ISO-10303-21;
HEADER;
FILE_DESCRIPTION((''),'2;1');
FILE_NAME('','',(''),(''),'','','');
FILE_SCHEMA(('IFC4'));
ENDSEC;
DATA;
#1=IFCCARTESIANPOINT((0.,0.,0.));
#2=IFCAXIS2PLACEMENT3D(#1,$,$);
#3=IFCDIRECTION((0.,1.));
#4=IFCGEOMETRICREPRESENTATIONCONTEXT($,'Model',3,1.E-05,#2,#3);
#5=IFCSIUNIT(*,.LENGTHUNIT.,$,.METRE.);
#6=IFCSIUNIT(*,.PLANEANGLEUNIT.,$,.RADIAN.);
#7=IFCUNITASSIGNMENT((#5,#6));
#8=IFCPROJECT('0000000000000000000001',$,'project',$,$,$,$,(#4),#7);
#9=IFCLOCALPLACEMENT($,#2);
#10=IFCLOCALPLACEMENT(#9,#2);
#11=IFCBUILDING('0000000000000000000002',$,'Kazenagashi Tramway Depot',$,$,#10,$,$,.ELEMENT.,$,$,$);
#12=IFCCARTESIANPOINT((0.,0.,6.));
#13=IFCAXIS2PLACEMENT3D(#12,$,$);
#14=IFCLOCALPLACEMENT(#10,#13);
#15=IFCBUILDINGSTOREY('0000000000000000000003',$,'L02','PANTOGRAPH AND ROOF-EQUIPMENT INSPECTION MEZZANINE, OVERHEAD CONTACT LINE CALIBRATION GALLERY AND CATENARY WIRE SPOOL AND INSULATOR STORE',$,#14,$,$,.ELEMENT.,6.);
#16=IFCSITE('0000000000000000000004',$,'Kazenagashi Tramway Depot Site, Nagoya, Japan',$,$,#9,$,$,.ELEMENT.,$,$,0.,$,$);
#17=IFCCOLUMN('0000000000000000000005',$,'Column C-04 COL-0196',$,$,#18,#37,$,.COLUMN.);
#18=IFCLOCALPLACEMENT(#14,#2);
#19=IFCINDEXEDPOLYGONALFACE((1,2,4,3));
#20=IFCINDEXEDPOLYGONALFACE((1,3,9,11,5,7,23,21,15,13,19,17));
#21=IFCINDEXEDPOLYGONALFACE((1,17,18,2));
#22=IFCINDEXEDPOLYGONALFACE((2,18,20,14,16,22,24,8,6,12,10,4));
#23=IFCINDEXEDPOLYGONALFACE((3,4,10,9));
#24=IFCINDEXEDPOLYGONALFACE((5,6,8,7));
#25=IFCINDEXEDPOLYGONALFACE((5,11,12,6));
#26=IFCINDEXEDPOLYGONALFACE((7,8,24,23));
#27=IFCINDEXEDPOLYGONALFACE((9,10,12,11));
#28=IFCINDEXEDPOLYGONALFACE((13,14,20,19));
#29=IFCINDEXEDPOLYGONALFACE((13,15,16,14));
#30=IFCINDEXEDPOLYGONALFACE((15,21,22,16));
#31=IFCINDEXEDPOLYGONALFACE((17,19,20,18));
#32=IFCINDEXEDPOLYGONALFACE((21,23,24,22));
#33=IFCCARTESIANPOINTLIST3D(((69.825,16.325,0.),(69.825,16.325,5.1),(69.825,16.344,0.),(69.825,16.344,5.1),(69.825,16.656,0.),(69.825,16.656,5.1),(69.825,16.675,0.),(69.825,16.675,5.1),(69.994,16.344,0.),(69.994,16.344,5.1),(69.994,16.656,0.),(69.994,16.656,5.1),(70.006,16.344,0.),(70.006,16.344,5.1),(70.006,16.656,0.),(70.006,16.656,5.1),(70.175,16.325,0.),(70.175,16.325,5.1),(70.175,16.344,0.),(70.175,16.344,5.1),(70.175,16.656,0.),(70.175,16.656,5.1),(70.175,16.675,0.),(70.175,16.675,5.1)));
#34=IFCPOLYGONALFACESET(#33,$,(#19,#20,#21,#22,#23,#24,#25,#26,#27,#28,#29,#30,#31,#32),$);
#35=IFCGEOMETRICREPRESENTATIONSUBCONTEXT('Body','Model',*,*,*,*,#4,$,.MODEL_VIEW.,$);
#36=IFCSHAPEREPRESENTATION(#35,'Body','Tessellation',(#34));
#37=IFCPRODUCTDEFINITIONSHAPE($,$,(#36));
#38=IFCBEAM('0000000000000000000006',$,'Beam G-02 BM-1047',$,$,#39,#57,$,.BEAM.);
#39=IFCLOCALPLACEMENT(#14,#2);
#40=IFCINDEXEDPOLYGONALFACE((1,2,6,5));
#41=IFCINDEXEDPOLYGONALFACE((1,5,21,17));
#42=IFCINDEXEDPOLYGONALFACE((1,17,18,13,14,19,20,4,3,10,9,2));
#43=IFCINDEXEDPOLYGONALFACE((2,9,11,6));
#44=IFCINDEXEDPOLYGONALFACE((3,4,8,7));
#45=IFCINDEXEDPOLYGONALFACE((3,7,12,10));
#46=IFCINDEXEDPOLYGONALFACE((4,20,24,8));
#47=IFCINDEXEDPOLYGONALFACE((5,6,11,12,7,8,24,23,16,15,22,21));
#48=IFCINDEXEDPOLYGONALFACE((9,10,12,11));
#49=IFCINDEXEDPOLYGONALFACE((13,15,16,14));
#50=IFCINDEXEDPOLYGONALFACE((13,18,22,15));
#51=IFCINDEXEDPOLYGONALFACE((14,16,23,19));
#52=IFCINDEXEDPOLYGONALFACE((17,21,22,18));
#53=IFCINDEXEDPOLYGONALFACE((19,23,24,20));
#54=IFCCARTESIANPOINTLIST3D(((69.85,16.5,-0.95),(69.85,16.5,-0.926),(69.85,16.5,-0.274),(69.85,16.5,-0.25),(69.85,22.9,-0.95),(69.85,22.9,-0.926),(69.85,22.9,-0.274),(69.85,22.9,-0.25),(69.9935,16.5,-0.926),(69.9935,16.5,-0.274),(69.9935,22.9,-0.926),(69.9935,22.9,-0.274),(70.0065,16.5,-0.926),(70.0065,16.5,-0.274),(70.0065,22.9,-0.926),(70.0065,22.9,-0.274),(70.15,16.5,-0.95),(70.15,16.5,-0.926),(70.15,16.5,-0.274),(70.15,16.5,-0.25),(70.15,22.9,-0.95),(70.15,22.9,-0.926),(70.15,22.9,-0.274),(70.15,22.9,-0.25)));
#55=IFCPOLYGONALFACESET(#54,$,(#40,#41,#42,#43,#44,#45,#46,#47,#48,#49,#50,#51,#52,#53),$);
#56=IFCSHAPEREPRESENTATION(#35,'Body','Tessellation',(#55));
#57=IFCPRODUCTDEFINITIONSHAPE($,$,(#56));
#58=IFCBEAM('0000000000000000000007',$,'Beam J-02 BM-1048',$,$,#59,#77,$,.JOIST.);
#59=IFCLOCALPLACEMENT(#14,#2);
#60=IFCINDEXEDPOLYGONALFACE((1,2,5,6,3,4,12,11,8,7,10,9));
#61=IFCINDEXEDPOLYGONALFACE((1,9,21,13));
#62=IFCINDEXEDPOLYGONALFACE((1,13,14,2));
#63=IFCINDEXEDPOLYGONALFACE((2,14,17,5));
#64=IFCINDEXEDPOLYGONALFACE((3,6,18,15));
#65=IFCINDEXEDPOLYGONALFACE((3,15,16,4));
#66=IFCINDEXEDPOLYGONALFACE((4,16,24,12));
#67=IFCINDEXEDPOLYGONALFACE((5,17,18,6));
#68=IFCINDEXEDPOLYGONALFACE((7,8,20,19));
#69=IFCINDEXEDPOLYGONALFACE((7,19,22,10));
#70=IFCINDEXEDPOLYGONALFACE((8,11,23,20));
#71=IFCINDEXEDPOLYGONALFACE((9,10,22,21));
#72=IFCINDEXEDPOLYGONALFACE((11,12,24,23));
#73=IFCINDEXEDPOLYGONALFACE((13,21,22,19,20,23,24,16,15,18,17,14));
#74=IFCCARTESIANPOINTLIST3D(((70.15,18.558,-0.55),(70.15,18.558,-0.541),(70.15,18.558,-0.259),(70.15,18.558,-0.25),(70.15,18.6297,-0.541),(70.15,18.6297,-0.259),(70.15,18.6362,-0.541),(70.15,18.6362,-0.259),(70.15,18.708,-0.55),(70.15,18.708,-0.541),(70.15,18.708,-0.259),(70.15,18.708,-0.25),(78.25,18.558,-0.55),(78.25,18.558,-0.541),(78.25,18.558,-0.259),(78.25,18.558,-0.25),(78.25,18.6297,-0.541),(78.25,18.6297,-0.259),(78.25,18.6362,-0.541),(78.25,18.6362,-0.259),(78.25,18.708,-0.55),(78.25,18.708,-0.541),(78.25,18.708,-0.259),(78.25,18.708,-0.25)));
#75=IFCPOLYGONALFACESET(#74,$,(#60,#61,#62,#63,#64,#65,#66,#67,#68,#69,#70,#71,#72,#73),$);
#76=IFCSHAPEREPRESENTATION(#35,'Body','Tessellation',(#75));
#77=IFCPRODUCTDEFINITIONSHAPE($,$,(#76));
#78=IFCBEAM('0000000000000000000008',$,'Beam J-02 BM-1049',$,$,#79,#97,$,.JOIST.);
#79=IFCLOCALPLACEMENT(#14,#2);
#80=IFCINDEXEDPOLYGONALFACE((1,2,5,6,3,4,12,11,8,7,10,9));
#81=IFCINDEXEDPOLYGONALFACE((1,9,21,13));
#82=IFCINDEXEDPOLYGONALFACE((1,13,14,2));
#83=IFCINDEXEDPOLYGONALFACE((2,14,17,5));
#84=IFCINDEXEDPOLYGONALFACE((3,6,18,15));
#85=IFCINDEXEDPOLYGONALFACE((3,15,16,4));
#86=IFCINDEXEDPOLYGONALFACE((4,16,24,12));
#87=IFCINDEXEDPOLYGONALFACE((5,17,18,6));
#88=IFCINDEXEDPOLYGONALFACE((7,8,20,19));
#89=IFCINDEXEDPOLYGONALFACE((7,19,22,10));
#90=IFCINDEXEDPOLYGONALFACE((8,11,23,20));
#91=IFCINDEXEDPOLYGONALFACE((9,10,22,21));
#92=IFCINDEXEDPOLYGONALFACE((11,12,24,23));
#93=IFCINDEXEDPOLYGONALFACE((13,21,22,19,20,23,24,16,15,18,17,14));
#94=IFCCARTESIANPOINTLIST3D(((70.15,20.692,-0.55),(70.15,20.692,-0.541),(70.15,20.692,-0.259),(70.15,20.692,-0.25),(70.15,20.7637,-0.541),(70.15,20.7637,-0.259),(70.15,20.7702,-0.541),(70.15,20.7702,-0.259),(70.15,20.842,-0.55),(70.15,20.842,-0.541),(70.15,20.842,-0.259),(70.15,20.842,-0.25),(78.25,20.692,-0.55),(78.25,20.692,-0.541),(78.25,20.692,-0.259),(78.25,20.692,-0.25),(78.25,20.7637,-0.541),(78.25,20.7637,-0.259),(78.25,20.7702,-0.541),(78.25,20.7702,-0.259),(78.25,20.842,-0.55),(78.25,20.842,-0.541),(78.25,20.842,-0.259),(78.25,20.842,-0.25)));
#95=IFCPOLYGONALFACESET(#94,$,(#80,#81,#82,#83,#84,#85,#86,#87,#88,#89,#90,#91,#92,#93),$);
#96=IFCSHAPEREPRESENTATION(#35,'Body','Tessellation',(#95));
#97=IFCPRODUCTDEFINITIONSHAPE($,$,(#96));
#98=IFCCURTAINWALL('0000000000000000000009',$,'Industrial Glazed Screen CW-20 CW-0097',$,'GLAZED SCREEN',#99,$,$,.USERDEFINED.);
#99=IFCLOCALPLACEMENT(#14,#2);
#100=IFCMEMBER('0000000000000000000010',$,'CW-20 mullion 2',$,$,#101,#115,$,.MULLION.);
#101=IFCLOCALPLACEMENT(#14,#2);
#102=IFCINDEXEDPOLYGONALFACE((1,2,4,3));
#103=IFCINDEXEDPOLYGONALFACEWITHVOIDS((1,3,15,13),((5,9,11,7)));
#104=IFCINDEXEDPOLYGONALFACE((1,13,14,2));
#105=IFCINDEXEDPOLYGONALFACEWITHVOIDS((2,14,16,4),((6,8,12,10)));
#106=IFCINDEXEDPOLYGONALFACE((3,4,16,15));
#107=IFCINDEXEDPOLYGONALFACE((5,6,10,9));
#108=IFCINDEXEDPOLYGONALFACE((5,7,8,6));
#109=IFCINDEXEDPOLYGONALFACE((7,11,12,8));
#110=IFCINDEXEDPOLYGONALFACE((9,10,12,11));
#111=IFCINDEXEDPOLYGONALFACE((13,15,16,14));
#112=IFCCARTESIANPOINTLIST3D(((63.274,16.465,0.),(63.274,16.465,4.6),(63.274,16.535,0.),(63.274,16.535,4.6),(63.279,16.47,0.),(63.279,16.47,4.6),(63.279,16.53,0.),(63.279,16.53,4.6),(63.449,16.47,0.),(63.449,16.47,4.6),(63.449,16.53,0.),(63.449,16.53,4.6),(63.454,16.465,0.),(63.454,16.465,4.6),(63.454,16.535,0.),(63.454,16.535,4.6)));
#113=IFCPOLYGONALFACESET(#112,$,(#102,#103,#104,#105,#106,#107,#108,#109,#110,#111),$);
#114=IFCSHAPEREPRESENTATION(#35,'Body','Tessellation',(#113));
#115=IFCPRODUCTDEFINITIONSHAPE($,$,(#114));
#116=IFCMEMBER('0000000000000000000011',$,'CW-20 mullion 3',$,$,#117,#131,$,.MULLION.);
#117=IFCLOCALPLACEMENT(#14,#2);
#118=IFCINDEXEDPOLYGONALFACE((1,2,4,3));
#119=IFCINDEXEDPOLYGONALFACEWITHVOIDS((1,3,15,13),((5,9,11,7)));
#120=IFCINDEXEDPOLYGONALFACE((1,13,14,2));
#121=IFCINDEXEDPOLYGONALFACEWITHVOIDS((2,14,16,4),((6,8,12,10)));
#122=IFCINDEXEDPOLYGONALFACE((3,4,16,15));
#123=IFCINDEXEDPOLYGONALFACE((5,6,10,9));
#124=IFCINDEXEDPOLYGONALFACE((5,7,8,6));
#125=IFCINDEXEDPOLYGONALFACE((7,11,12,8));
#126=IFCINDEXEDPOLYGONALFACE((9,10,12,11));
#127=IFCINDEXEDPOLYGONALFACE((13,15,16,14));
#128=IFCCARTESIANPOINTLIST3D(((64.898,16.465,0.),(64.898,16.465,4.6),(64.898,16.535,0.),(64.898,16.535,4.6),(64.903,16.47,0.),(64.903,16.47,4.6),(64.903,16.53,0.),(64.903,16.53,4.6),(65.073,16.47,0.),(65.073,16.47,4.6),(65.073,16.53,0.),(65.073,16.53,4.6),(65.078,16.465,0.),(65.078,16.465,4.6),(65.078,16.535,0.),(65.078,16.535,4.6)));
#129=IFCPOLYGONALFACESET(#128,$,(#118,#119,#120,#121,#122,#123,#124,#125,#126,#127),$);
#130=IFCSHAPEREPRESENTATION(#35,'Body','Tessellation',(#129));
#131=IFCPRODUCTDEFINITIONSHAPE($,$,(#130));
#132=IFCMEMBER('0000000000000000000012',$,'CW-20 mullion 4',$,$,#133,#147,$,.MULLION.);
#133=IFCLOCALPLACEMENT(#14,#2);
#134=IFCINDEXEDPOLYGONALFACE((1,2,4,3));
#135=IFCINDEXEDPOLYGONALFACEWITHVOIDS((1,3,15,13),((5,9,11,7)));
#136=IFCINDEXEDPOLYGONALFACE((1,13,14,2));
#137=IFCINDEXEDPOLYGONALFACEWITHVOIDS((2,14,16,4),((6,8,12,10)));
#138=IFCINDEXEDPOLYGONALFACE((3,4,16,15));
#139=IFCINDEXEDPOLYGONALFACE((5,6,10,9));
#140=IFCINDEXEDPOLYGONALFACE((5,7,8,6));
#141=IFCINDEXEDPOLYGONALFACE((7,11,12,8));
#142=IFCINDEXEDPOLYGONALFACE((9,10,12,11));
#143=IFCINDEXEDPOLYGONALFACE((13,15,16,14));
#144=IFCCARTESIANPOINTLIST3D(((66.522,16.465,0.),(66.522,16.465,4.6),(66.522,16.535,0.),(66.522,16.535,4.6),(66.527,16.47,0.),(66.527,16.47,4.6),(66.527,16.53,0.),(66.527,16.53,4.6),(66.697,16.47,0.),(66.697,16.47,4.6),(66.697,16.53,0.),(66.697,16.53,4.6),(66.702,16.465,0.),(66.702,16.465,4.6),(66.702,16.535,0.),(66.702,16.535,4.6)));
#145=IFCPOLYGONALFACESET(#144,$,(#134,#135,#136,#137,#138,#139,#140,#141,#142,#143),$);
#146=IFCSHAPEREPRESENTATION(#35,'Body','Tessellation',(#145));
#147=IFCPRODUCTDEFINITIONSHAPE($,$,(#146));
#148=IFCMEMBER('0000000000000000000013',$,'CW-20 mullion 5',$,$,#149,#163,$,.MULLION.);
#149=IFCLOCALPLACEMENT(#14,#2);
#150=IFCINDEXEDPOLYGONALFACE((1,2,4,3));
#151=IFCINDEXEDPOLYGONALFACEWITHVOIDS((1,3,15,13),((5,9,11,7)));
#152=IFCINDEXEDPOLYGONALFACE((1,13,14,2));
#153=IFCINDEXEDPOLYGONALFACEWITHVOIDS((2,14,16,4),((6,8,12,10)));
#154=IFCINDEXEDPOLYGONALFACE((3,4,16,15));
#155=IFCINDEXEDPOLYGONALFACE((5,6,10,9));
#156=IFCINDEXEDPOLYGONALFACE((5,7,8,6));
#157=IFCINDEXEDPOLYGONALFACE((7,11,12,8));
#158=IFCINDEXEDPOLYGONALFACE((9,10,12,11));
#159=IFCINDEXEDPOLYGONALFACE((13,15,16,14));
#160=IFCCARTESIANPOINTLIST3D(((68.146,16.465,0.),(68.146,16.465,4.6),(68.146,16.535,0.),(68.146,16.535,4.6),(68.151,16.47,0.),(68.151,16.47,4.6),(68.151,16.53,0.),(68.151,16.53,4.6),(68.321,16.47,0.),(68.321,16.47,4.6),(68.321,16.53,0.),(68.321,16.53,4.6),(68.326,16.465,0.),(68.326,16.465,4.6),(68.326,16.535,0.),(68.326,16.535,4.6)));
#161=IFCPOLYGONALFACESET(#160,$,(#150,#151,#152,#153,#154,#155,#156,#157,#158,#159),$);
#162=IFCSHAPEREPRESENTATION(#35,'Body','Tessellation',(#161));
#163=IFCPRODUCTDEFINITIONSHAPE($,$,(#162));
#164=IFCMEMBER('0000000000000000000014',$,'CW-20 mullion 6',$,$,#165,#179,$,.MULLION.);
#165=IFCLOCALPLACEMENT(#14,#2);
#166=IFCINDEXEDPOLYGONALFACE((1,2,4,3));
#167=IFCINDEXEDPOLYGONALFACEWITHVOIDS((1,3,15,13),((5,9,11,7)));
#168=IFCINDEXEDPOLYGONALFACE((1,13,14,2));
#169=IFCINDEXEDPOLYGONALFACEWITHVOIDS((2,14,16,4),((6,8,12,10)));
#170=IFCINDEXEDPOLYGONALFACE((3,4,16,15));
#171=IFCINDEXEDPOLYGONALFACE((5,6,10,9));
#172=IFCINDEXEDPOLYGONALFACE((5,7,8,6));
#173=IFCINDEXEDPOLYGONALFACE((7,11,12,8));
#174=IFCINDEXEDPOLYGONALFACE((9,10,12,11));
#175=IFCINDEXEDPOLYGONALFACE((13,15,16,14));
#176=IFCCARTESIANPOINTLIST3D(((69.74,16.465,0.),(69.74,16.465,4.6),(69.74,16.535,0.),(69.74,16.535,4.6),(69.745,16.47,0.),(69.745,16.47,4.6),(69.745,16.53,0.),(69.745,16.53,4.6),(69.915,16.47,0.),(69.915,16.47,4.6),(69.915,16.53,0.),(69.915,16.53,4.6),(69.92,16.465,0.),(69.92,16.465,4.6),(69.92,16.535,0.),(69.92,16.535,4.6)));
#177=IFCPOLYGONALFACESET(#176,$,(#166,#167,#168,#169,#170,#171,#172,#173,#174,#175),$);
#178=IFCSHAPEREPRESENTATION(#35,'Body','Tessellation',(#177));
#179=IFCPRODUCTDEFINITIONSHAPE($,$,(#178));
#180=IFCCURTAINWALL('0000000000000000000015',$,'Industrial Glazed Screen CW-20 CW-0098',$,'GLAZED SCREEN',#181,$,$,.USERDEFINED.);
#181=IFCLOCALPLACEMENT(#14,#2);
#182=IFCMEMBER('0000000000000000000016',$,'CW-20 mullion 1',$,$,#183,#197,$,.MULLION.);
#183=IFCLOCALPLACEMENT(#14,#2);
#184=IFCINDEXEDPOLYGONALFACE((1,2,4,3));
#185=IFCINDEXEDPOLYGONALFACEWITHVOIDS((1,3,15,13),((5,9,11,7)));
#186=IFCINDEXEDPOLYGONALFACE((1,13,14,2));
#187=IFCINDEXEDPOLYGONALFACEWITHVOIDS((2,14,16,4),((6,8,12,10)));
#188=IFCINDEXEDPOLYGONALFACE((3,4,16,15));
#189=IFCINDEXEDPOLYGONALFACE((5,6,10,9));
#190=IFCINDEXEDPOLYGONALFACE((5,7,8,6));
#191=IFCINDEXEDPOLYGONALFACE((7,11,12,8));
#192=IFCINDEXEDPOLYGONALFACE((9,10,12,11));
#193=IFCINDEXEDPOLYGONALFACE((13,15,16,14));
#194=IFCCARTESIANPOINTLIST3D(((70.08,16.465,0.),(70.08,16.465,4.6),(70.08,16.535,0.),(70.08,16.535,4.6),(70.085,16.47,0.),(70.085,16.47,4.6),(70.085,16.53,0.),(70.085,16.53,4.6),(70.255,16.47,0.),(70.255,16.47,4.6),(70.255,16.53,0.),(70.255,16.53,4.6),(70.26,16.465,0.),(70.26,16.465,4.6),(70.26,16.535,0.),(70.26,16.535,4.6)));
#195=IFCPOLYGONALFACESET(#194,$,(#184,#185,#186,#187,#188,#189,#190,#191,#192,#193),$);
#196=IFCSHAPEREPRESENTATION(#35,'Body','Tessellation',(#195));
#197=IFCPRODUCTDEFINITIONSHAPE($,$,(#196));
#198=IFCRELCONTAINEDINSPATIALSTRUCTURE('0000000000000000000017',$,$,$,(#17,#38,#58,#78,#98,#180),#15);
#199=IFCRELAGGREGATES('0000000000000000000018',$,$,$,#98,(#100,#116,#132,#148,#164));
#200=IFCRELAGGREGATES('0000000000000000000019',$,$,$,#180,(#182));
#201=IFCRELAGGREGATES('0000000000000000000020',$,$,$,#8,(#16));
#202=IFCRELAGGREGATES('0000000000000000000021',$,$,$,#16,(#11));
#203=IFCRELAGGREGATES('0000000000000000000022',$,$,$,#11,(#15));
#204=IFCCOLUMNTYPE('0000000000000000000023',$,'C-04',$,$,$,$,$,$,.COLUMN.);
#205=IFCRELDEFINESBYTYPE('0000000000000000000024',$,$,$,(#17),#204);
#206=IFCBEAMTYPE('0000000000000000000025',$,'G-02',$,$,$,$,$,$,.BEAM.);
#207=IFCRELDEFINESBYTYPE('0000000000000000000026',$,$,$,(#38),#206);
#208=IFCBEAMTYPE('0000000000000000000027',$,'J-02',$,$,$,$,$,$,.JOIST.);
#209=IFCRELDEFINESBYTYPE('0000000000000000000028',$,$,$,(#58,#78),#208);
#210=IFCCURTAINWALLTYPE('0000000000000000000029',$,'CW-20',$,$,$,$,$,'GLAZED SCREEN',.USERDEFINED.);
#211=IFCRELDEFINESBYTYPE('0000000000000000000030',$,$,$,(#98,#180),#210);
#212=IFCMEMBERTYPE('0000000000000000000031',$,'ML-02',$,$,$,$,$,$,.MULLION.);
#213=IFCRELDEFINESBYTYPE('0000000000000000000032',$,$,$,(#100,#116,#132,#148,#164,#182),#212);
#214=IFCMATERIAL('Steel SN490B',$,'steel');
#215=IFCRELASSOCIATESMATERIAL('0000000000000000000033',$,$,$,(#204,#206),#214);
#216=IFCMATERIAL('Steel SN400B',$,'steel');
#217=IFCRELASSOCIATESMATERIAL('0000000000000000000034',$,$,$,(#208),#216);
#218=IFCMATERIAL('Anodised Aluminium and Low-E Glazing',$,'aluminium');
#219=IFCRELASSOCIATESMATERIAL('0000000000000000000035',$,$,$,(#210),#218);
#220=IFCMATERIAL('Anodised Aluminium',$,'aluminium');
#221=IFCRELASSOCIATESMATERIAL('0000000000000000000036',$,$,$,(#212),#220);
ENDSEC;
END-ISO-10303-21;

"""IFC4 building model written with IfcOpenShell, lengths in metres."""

from ifc_helpers import new_model, si_unit, direction, frame, origin, origin_2d, place, context, subcontext, project, spatial, hollow_rectangle, i_section, extrude, material, material_profile, profile_set, type_object, element, aggregate, save


model = new_model("IFC4")

# Units and contexts
model_context = context("Model", 3, precision=1e-05, world=origin(), true_north=direction((0.0, 1.0)))
body_context = subcontext(model_context, "Body", "Model", "MODEL_VIEW")
ifc_project = project(units=[si_unit("LENGTHUNIT", "METRE"), si_unit("PLANEANGLEUNIT", "RADIAN")], contexts=[model_context])

# Site, building, storey
site_placement = place(None, origin())
site = spatial("IfcSite", under=ifc_project, at=site_placement, Name="Kazenagashi Tramway Depot Site, Nagoya, Japan", CompositionType="ELEMENT", RefElevation=0.0)
building_placement = place(site_placement, origin())
building = spatial("IfcBuilding", under=site, at=building_placement, Name="Kazenagashi Tramway Depot", CompositionType="ELEMENT")
storey_placement = place(building_placement, frame((0.0, 0.0, 6.0)))
storey = spatial("IfcBuildingStorey", under=building, at=storey_placement, Name="L02", Description="PANTOGRAPH AND ROOF-EQUIPMENT INSPECTION MEZZANINE, OVERHEAD CONTACT LINE CALIBRATION GALLERY AND CATENARY WIRE SPOOL AND INSULATOR STORE", CompositionType="ELEMENT", Elevation=6.0)

# Column
ifc_material_1 = material(Name="Steel SN490B", Category="steel")
ifc_material_profile_1 = material_profile(ifc_material_1, i_section(OverallWidth=0.35, OverallDepth=0.35, WebThickness=0.012, FlangeThickness=0.019, at=origin_2d()), Name="H-350x350x12x19")
ifc_profile_set_1 = profile_set([ifc_material_profile_1], Name="Steel SN490B")
column_type = type_object("IfcColumnType", Name="C-04", PredefinedType="COLUMN", material=ifc_profile_set_1)
column_placement = place(storey_placement, frame((70.0, 16.5, 0.0), z_axis=(0.0, 0.0, 1.0), x_axis=(1.0, 0.0, 0.0)))
element("IfcColumn", 1, at=column_placement, inside=storey, type_object=column_type, Name="Column C-04 COL-0196", PredefinedType="COLUMN", context=body_context, shape_type="SweptSolid", body=[
    extrude(i_section(OverallWidth=0.35, OverallDepth=0.35, WebThickness=0.012, FlangeThickness=0.019, at=origin_2d()), origin(), (0.0, 0.0, 1.0), 5.1),
])

# Beams
ifc_material_profile_2 = material_profile(ifc_material_1, i_section(OverallWidth=0.3, OverallDepth=0.7, WebThickness=0.013, FlangeThickness=0.024, at=origin_2d()), Name="H-700x300x13x24")
ifc_profile_set_2 = profile_set([ifc_material_profile_2], Name="Steel SN490B")
beam_type_1 = type_object("IfcBeamType", Name="G-02", PredefinedType="BEAM", material=ifc_profile_set_2)
beam_1_placement = place(storey_placement, frame((70.0, 16.5, -0.6), z_axis=(0.0, 1.0, 0.0), x_axis=(-1.0, 0.0, 0.0)))
element("IfcBeam", 2, at=beam_1_placement, inside=storey, type_object=beam_type_1, Name="Beam G-02 BM-1047", PredefinedType="BEAM", context=body_context, shape_type="SweptSolid", body=[
    extrude(i_section(OverallWidth=0.3, OverallDepth=0.7, WebThickness=0.013, FlangeThickness=0.024, at=origin_2d()), origin(), (0.0, 0.0, 1.0), 6.4),
])
ifc_material_2 = material(Name="Steel SN400B", Category="steel")
ifc_material_profile_3 = material_profile(ifc_material_2, i_section(OverallWidth=0.15, OverallDepth=0.3, WebThickness=0.0065, FlangeThickness=0.009, at=origin_2d()), Name="H-300x150x6.5x9")
ifc_profile_set_3 = profile_set([ifc_material_profile_3], Name="Steel SN400B")
beam_type_2 = type_object("IfcBeamType", Name="J-02", PredefinedType="JOIST", material=ifc_profile_set_3)
for number, where, z_axis, x_axis, name in (
    (3, (70.15, 18.633, -0.4), (1.0, 0.0, 0.0), (0.0, 1.0, 0.0), "Beam J-02 BM-1048"),
    (4, (70.15, 20.767, -0.4), (1.0, 0.0, 0.0), (0.0, 1.0, 0.0), "Beam J-02 BM-1049"),
):
    element("IfcBeam", number, at=place(storey_placement, frame(where, z_axis=z_axis, x_axis=x_axis)), inside=storey, type_object=beam_type_2, Name=name, PredefinedType="JOIST", context=body_context, shape_type="SweptSolid", body=[
        extrude(i_section(OverallWidth=0.15, OverallDepth=0.3, WebThickness=0.0065, FlangeThickness=0.009, at=origin_2d()), origin(), (0.0, 0.0, 1.0), 8.1),
    ])

# Curtain wall, members
ifc_material_3 = material(Name="Anodised Aluminium and Low-E Glazing", Category="aluminium")
curtain_wall_type = type_object("IfcCurtainWallType", Name="CW-20", ElementType="GLAZED SCREEN", PredefinedType="USERDEFINED", material=ifc_material_3)
curtain_wall_1_placement = place(storey_placement, origin())
curtain_wall_1 = element("IfcCurtainWall", 5, at=curtain_wall_1_placement, inside=storey, type_object=curtain_wall_type, Name="Industrial Glazed Screen CW-20 CW-0097", ObjectType="GLAZED SCREEN", PredefinedType="USERDEFINED")
ifc_material_4 = material(Name="Anodised Aluminium", Category="aluminium")
ifc_material_profile_4 = material_profile(ifc_material_4, hollow_rectangle(XDim=0.07, YDim=0.18, WallThickness=0.005, at=origin_2d()), Name="RHS-180x70x5")
ifc_profile_set_4 = profile_set([ifc_material_profile_4], Name="Anodised Aluminium")
member_type_1 = type_object("IfcMemberType", Name="ML-02", PredefinedType="MULLION", material=ifc_profile_set_4)
member_1_placement = place(storey_placement, frame((63.364, 16.5, 0.0), z_axis=(0.0, 0.0, 1.0), x_axis=(0.0, 1.0, 0.0)))
member_1 = element("IfcMember", 6, at=member_1_placement, type_object=member_type_1, Name="CW-20 mullion 2", PredefinedType="MULLION", context=body_context, shape_type="SweptSolid", body=[
    extrude(hollow_rectangle(XDim=0.07, YDim=0.18, WallThickness=0.005, at=origin_2d()), origin(), (0.0, 0.0, 1.0), 4.6),
])
member_2_placement = place(storey_placement, frame((64.988, 16.5, 0.0), z_axis=(0.0, 0.0, 1.0), x_axis=(0.0, 1.0, 0.0)))
member_2 = element("IfcMember", 7, at=member_2_placement, type_object=member_type_1, Name="CW-20 mullion 3", PredefinedType="MULLION", context=body_context, shape_type="SweptSolid", body=[
    extrude(hollow_rectangle(XDim=0.07, YDim=0.18, WallThickness=0.005, at=origin_2d()), origin(), (0.0, 0.0, 1.0), 4.6),
])
member_3_placement = place(storey_placement, frame((66.612, 16.5, 0.0), z_axis=(0.0, 0.0, 1.0), x_axis=(0.0, 1.0, 0.0)))
member_3 = element("IfcMember", 8, at=member_3_placement, type_object=member_type_1, Name="CW-20 mullion 4", PredefinedType="MULLION", context=body_context, shape_type="SweptSolid", body=[
    extrude(hollow_rectangle(XDim=0.07, YDim=0.18, WallThickness=0.005, at=origin_2d()), origin(), (0.0, 0.0, 1.0), 4.6),
])
member_4_placement = place(storey_placement, frame((68.236, 16.5, 0.0), z_axis=(0.0, 0.0, 1.0), x_axis=(0.0, 1.0, 0.0)))
member_4 = element("IfcMember", 9, at=member_4_placement, type_object=member_type_1, Name="CW-20 mullion 5", PredefinedType="MULLION", context=body_context, shape_type="SweptSolid", body=[
    extrude(hollow_rectangle(XDim=0.07, YDim=0.18, WallThickness=0.005, at=origin_2d()), origin(), (0.0, 0.0, 1.0), 4.6),
])
member_5_placement = place(storey_placement, frame((69.83, 16.5, 0.0), z_axis=(0.0, 0.0, 1.0), x_axis=(0.0, 1.0, 0.0)))
member_5 = element("IfcMember", 10, at=member_5_placement, type_object=member_type_1, Name="CW-20 mullion 6", PredefinedType="MULLION", context=body_context, shape_type="SweptSolid", body=[
    extrude(hollow_rectangle(XDim=0.07, YDim=0.18, WallThickness=0.005, at=origin_2d()), origin(), (0.0, 0.0, 1.0), 4.6),
])

# Curtain wall, member
curtain_wall_2_placement = place(storey_placement, origin())
curtain_wall_2 = element("IfcCurtainWall", 11, at=curtain_wall_2_placement, inside=storey, type_object=curtain_wall_type, Name="Industrial Glazed Screen CW-20 CW-0098", ObjectType="GLAZED SCREEN", PredefinedType="USERDEFINED")
member_6_placement = place(storey_placement, frame((70.17, 16.5, 0.0), z_axis=(0.0, 0.0, 1.0), x_axis=(0.0, 1.0, 0.0)))
member_6 = element("IfcMember", 12, at=member_6_placement, type_object=member_type_1, Name="CW-20 mullion 1", PredefinedType="MULLION", context=body_context, shape_type="SweptSolid", body=[
    extrude(hollow_rectangle(XDim=0.07, YDim=0.18, WallThickness=0.005, at=origin_2d()), origin(), (0.0, 0.0, 1.0), 4.6),
])

aggregate(curtain_wall_1, [member_1, member_2, member_3, member_4, member_5])
aggregate(curtain_wall_2, [member_6])

save(model, "model.ifc")
